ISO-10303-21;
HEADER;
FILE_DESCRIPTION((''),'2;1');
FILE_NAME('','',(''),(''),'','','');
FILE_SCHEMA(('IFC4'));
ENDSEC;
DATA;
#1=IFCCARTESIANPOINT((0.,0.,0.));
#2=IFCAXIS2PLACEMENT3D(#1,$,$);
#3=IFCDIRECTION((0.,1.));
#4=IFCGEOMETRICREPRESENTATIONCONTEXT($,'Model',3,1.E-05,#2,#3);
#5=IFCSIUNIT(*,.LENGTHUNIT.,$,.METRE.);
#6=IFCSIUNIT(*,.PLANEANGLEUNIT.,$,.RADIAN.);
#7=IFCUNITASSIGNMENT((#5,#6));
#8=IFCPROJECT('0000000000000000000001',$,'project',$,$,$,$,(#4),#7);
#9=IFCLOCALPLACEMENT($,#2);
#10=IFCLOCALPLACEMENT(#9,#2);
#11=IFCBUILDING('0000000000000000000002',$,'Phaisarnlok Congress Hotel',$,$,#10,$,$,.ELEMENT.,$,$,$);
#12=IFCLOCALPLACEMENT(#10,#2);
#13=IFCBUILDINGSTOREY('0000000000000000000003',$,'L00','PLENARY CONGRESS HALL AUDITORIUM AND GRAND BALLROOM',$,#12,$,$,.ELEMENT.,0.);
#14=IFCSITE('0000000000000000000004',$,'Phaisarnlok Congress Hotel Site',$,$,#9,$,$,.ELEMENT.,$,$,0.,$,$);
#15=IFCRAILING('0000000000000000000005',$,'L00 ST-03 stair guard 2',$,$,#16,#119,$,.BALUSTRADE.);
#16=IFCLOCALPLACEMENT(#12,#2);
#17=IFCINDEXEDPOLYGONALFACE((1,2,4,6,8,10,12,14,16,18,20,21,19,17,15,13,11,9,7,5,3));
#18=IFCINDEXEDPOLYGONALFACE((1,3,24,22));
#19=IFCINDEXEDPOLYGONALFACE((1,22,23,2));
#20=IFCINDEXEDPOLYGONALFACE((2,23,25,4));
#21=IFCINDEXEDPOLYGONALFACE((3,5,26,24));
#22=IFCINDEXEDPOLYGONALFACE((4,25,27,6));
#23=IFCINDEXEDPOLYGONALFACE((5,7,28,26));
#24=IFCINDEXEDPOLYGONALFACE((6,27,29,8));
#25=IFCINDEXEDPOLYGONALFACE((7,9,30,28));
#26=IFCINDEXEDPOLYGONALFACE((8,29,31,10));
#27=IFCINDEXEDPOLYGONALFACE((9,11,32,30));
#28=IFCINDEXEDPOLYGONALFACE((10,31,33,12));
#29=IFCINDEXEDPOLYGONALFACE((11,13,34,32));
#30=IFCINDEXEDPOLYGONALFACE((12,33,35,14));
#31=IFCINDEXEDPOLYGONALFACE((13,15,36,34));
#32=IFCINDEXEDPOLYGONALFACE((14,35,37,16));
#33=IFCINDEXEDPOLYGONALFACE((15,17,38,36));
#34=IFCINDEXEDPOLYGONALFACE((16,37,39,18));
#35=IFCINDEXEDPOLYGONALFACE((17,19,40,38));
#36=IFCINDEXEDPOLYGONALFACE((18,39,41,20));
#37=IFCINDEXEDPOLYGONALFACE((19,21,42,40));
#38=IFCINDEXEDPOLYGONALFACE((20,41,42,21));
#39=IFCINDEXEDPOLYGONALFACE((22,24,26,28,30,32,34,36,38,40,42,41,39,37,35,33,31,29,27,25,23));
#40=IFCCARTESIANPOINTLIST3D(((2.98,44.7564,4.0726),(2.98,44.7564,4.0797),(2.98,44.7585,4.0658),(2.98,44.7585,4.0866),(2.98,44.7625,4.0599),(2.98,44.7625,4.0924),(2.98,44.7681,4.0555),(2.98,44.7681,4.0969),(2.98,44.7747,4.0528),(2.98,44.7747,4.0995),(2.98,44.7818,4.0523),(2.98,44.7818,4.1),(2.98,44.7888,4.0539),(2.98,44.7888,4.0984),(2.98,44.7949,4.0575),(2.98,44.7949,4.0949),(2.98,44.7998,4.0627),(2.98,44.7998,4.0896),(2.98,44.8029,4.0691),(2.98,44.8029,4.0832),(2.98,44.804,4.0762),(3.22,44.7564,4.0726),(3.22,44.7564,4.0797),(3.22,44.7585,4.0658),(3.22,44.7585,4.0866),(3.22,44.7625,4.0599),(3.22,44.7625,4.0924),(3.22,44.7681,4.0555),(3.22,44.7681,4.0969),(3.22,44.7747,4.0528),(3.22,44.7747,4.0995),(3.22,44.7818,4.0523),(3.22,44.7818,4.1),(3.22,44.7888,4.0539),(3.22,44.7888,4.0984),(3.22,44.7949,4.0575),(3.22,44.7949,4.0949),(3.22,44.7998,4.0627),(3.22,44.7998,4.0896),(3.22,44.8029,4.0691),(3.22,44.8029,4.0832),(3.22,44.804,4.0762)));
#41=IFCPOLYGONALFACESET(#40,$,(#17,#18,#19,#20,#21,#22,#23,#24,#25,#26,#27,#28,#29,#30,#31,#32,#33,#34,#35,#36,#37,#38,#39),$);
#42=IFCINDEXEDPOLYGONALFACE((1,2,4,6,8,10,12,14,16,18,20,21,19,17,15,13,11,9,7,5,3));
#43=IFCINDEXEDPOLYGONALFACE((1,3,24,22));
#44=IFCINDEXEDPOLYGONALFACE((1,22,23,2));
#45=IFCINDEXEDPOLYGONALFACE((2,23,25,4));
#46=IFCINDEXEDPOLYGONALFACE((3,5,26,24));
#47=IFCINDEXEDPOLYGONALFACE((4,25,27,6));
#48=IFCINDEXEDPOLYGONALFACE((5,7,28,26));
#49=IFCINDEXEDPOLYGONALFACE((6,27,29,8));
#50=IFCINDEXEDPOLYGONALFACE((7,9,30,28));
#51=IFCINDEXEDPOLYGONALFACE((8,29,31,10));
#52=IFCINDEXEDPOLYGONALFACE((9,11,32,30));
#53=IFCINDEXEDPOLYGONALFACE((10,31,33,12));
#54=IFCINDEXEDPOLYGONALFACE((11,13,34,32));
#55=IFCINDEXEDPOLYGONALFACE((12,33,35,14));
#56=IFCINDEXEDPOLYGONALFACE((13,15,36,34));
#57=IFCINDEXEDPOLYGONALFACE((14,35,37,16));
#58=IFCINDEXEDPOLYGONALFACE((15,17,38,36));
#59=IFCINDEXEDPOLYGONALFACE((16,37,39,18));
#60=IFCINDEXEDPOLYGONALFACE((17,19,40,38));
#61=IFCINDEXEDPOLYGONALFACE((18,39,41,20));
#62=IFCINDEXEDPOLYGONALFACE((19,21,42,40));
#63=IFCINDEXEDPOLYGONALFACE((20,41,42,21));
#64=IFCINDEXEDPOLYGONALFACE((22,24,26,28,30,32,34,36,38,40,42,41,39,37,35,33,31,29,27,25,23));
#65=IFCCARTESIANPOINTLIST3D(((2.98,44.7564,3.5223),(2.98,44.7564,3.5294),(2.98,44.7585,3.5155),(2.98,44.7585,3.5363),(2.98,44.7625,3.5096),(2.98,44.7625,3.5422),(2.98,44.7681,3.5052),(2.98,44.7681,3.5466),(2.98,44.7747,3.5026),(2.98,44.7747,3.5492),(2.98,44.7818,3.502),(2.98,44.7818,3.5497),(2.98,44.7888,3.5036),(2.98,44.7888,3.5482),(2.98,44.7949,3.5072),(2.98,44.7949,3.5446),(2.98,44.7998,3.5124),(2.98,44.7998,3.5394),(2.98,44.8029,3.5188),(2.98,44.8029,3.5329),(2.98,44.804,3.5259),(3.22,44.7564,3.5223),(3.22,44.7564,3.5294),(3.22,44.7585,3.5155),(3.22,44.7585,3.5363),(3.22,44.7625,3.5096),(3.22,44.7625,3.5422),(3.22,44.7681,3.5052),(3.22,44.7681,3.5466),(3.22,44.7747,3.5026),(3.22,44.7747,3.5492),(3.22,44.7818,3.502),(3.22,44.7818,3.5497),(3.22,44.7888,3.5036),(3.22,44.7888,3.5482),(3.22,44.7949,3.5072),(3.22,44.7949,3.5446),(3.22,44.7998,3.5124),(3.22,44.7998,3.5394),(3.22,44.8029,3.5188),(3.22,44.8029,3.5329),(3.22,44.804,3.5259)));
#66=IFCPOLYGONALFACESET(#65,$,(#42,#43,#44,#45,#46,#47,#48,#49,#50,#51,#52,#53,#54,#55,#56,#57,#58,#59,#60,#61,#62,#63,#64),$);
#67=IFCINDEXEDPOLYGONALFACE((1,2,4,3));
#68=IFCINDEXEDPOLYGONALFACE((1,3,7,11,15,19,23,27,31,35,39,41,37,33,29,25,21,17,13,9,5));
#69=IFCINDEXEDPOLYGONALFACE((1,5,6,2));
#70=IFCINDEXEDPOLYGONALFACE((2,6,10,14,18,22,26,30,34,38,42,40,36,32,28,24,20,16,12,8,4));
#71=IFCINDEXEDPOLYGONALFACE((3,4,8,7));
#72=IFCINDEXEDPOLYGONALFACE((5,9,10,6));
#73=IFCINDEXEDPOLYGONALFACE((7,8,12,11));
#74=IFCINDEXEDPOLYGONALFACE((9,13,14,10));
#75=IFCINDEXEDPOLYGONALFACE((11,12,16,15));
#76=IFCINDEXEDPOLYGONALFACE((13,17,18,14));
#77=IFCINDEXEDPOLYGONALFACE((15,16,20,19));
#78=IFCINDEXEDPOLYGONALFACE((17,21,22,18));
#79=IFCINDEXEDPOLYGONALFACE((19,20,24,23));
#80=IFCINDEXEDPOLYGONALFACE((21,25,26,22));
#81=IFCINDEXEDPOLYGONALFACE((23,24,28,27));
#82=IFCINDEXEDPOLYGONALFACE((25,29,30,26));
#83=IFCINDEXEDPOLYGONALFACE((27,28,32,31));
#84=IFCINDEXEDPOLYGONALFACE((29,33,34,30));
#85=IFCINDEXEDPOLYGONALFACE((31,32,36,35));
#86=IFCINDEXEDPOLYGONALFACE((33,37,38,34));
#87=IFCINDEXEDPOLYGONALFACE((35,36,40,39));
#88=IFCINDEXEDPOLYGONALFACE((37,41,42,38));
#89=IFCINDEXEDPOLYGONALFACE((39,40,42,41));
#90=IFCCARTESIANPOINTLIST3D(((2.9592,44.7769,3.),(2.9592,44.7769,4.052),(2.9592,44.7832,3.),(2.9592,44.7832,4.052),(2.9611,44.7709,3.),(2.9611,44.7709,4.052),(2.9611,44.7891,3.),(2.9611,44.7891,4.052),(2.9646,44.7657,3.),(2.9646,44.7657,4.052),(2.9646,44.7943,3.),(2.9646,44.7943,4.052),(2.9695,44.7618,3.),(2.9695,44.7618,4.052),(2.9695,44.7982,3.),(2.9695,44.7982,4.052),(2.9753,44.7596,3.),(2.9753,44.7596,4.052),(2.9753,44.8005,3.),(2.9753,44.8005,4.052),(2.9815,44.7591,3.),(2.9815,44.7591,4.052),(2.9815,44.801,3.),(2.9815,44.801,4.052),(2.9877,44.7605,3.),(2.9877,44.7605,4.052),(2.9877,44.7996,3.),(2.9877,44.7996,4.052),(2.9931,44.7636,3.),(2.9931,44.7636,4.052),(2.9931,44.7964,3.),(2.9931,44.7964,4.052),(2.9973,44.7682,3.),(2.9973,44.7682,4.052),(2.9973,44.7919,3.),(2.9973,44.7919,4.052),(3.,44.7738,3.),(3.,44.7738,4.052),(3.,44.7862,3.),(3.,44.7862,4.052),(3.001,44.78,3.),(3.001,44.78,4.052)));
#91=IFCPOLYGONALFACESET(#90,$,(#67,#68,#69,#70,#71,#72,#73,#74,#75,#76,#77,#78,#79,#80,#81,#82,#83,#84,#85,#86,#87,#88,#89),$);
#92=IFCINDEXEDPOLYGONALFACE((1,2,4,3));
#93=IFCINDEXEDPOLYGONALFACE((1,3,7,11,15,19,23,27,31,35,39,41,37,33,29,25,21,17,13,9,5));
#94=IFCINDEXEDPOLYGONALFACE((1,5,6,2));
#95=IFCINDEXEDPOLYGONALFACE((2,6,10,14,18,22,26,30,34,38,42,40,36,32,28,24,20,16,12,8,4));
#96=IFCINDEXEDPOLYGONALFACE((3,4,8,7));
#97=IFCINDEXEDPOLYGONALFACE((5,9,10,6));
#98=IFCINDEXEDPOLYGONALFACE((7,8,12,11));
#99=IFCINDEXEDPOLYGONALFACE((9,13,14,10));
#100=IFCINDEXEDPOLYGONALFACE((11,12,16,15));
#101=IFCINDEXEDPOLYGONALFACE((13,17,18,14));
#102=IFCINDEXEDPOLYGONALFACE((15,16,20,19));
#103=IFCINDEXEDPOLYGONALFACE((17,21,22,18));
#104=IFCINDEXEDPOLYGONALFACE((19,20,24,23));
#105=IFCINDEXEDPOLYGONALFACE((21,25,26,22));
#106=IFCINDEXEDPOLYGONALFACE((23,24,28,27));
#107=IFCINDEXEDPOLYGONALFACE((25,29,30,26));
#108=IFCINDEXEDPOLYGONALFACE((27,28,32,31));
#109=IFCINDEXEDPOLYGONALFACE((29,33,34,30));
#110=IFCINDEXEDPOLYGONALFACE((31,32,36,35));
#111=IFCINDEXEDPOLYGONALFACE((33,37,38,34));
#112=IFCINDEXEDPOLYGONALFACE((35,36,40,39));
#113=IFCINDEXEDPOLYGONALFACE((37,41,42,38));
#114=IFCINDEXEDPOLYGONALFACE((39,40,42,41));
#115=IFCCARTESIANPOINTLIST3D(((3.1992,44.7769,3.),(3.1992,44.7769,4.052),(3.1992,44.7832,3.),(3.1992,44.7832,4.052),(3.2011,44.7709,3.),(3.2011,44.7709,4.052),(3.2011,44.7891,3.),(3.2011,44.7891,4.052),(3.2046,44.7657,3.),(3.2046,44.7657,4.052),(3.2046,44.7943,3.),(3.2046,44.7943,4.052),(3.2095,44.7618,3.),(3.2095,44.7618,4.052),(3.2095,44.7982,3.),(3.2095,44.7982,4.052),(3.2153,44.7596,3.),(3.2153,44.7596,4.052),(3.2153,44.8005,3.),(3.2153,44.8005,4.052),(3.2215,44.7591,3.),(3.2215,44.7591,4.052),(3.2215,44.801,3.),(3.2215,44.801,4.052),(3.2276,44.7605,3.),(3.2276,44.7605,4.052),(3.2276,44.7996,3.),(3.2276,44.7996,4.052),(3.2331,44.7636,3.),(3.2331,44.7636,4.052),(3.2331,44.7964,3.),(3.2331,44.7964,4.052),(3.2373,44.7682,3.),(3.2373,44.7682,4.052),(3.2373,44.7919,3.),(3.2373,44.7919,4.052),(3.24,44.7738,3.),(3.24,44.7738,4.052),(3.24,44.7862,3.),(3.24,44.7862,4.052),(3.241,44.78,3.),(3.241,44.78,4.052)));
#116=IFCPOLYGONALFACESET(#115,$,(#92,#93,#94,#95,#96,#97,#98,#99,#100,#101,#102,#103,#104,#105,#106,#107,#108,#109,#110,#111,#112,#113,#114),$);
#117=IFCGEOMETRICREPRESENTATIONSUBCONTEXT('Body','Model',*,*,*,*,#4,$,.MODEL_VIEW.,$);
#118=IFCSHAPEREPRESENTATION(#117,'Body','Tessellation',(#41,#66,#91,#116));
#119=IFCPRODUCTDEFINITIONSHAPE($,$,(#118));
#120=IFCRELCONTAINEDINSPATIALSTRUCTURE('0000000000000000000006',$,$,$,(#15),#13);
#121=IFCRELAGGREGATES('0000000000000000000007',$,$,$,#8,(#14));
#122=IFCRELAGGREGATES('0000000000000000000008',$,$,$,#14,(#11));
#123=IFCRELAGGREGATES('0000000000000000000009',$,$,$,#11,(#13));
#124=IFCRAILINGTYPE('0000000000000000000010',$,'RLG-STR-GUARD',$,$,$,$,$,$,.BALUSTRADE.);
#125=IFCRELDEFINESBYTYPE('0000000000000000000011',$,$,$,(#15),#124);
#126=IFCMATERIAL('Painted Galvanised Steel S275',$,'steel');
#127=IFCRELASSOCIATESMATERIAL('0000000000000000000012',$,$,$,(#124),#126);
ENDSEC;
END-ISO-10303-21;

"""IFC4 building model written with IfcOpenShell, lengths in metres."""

from ifc_helpers import new_model, si_unit, direction, frame, origin, origin_2d, place, context, subcontext, project, spatial, circle, extrude, material, type_object, element, save


model = new_model("IFC4")

# Units and contexts
model_context = context("Model", 3, precision=1e-05, world=origin(), true_north=direction((0.0, 1.0)))
body_context = subcontext(model_context, "Body", "Model", "MODEL_VIEW")
ifc_project = project(units=[si_unit("LENGTHUNIT", "METRE"), si_unit("PLANEANGLEUNIT", "RADIAN")], contexts=[model_context])

# Site, building, storey
site_placement = place(None, origin())
site = spatial("IfcSite", under=ifc_project, at=site_placement, Name="Phaisarnlok Congress Hotel Site", CompositionType="ELEMENT", RefElevation=0.0)
building_placement = place(site_placement, origin())
building = spatial("IfcBuilding", under=site, at=building_placement, Name="Phaisarnlok Congress Hotel", CompositionType="ELEMENT")
storey_placement = place(building_placement, origin())
storey = spatial("IfcBuildingStorey", under=building, at=storey_placement, Name="L00", Description="PLENARY CONGRESS HALL AUDITORIUM AND GRAND BALLROOM", CompositionType="ELEMENT", Elevation=0.0)

# Railing
ifc_material_1 = material(Name="Painted Galvanised Steel S275", Category="steel")
railing_type_1 = type_object("IfcRailingType", Name="RLG-STR-GUARD", PredefinedType="BALUSTRADE", material=ifc_material_1)
railing_1_placement = place(storey_placement, frame((2.98, 44.78, 3.0)))
element("IfcRailing", 1, at=railing_1_placement, inside=storey, type_object=railing_type_1, Name="L00 ST-03 stair guard 2", PredefinedType="BALUSTRADE", context=body_context, shape_type="SweptSolid", body=[
    extrude(circle(Radius=0.0239, at=origin_2d()), frame((0.0, 0.0, 1.0762), z_axis=(1.0, 0.0, 0.0), x_axis=(0.0, 1.0, 0.0)), (0.0, 0.0, 1.0), 0.24),
    extrude(circle(Radius=0.0239, at=origin_2d()), frame((0.0, 0.0, 0.5259), z_axis=(1.0, 0.0, 0.0), x_axis=(0.0, 1.0, 0.0)), (0.0, 0.0, 1.0), 0.24),
    extrude(circle(Radius=0.021, at=origin_2d()), origin(), (0.0, 0.0, 1.0), 1.052),
    extrude(circle(Radius=0.021, at=origin_2d()), frame((0.24, 0.0, 0.0)), (0.0, 0.0, 1.0), 1.052),
])

save(model, "model.ifc")
